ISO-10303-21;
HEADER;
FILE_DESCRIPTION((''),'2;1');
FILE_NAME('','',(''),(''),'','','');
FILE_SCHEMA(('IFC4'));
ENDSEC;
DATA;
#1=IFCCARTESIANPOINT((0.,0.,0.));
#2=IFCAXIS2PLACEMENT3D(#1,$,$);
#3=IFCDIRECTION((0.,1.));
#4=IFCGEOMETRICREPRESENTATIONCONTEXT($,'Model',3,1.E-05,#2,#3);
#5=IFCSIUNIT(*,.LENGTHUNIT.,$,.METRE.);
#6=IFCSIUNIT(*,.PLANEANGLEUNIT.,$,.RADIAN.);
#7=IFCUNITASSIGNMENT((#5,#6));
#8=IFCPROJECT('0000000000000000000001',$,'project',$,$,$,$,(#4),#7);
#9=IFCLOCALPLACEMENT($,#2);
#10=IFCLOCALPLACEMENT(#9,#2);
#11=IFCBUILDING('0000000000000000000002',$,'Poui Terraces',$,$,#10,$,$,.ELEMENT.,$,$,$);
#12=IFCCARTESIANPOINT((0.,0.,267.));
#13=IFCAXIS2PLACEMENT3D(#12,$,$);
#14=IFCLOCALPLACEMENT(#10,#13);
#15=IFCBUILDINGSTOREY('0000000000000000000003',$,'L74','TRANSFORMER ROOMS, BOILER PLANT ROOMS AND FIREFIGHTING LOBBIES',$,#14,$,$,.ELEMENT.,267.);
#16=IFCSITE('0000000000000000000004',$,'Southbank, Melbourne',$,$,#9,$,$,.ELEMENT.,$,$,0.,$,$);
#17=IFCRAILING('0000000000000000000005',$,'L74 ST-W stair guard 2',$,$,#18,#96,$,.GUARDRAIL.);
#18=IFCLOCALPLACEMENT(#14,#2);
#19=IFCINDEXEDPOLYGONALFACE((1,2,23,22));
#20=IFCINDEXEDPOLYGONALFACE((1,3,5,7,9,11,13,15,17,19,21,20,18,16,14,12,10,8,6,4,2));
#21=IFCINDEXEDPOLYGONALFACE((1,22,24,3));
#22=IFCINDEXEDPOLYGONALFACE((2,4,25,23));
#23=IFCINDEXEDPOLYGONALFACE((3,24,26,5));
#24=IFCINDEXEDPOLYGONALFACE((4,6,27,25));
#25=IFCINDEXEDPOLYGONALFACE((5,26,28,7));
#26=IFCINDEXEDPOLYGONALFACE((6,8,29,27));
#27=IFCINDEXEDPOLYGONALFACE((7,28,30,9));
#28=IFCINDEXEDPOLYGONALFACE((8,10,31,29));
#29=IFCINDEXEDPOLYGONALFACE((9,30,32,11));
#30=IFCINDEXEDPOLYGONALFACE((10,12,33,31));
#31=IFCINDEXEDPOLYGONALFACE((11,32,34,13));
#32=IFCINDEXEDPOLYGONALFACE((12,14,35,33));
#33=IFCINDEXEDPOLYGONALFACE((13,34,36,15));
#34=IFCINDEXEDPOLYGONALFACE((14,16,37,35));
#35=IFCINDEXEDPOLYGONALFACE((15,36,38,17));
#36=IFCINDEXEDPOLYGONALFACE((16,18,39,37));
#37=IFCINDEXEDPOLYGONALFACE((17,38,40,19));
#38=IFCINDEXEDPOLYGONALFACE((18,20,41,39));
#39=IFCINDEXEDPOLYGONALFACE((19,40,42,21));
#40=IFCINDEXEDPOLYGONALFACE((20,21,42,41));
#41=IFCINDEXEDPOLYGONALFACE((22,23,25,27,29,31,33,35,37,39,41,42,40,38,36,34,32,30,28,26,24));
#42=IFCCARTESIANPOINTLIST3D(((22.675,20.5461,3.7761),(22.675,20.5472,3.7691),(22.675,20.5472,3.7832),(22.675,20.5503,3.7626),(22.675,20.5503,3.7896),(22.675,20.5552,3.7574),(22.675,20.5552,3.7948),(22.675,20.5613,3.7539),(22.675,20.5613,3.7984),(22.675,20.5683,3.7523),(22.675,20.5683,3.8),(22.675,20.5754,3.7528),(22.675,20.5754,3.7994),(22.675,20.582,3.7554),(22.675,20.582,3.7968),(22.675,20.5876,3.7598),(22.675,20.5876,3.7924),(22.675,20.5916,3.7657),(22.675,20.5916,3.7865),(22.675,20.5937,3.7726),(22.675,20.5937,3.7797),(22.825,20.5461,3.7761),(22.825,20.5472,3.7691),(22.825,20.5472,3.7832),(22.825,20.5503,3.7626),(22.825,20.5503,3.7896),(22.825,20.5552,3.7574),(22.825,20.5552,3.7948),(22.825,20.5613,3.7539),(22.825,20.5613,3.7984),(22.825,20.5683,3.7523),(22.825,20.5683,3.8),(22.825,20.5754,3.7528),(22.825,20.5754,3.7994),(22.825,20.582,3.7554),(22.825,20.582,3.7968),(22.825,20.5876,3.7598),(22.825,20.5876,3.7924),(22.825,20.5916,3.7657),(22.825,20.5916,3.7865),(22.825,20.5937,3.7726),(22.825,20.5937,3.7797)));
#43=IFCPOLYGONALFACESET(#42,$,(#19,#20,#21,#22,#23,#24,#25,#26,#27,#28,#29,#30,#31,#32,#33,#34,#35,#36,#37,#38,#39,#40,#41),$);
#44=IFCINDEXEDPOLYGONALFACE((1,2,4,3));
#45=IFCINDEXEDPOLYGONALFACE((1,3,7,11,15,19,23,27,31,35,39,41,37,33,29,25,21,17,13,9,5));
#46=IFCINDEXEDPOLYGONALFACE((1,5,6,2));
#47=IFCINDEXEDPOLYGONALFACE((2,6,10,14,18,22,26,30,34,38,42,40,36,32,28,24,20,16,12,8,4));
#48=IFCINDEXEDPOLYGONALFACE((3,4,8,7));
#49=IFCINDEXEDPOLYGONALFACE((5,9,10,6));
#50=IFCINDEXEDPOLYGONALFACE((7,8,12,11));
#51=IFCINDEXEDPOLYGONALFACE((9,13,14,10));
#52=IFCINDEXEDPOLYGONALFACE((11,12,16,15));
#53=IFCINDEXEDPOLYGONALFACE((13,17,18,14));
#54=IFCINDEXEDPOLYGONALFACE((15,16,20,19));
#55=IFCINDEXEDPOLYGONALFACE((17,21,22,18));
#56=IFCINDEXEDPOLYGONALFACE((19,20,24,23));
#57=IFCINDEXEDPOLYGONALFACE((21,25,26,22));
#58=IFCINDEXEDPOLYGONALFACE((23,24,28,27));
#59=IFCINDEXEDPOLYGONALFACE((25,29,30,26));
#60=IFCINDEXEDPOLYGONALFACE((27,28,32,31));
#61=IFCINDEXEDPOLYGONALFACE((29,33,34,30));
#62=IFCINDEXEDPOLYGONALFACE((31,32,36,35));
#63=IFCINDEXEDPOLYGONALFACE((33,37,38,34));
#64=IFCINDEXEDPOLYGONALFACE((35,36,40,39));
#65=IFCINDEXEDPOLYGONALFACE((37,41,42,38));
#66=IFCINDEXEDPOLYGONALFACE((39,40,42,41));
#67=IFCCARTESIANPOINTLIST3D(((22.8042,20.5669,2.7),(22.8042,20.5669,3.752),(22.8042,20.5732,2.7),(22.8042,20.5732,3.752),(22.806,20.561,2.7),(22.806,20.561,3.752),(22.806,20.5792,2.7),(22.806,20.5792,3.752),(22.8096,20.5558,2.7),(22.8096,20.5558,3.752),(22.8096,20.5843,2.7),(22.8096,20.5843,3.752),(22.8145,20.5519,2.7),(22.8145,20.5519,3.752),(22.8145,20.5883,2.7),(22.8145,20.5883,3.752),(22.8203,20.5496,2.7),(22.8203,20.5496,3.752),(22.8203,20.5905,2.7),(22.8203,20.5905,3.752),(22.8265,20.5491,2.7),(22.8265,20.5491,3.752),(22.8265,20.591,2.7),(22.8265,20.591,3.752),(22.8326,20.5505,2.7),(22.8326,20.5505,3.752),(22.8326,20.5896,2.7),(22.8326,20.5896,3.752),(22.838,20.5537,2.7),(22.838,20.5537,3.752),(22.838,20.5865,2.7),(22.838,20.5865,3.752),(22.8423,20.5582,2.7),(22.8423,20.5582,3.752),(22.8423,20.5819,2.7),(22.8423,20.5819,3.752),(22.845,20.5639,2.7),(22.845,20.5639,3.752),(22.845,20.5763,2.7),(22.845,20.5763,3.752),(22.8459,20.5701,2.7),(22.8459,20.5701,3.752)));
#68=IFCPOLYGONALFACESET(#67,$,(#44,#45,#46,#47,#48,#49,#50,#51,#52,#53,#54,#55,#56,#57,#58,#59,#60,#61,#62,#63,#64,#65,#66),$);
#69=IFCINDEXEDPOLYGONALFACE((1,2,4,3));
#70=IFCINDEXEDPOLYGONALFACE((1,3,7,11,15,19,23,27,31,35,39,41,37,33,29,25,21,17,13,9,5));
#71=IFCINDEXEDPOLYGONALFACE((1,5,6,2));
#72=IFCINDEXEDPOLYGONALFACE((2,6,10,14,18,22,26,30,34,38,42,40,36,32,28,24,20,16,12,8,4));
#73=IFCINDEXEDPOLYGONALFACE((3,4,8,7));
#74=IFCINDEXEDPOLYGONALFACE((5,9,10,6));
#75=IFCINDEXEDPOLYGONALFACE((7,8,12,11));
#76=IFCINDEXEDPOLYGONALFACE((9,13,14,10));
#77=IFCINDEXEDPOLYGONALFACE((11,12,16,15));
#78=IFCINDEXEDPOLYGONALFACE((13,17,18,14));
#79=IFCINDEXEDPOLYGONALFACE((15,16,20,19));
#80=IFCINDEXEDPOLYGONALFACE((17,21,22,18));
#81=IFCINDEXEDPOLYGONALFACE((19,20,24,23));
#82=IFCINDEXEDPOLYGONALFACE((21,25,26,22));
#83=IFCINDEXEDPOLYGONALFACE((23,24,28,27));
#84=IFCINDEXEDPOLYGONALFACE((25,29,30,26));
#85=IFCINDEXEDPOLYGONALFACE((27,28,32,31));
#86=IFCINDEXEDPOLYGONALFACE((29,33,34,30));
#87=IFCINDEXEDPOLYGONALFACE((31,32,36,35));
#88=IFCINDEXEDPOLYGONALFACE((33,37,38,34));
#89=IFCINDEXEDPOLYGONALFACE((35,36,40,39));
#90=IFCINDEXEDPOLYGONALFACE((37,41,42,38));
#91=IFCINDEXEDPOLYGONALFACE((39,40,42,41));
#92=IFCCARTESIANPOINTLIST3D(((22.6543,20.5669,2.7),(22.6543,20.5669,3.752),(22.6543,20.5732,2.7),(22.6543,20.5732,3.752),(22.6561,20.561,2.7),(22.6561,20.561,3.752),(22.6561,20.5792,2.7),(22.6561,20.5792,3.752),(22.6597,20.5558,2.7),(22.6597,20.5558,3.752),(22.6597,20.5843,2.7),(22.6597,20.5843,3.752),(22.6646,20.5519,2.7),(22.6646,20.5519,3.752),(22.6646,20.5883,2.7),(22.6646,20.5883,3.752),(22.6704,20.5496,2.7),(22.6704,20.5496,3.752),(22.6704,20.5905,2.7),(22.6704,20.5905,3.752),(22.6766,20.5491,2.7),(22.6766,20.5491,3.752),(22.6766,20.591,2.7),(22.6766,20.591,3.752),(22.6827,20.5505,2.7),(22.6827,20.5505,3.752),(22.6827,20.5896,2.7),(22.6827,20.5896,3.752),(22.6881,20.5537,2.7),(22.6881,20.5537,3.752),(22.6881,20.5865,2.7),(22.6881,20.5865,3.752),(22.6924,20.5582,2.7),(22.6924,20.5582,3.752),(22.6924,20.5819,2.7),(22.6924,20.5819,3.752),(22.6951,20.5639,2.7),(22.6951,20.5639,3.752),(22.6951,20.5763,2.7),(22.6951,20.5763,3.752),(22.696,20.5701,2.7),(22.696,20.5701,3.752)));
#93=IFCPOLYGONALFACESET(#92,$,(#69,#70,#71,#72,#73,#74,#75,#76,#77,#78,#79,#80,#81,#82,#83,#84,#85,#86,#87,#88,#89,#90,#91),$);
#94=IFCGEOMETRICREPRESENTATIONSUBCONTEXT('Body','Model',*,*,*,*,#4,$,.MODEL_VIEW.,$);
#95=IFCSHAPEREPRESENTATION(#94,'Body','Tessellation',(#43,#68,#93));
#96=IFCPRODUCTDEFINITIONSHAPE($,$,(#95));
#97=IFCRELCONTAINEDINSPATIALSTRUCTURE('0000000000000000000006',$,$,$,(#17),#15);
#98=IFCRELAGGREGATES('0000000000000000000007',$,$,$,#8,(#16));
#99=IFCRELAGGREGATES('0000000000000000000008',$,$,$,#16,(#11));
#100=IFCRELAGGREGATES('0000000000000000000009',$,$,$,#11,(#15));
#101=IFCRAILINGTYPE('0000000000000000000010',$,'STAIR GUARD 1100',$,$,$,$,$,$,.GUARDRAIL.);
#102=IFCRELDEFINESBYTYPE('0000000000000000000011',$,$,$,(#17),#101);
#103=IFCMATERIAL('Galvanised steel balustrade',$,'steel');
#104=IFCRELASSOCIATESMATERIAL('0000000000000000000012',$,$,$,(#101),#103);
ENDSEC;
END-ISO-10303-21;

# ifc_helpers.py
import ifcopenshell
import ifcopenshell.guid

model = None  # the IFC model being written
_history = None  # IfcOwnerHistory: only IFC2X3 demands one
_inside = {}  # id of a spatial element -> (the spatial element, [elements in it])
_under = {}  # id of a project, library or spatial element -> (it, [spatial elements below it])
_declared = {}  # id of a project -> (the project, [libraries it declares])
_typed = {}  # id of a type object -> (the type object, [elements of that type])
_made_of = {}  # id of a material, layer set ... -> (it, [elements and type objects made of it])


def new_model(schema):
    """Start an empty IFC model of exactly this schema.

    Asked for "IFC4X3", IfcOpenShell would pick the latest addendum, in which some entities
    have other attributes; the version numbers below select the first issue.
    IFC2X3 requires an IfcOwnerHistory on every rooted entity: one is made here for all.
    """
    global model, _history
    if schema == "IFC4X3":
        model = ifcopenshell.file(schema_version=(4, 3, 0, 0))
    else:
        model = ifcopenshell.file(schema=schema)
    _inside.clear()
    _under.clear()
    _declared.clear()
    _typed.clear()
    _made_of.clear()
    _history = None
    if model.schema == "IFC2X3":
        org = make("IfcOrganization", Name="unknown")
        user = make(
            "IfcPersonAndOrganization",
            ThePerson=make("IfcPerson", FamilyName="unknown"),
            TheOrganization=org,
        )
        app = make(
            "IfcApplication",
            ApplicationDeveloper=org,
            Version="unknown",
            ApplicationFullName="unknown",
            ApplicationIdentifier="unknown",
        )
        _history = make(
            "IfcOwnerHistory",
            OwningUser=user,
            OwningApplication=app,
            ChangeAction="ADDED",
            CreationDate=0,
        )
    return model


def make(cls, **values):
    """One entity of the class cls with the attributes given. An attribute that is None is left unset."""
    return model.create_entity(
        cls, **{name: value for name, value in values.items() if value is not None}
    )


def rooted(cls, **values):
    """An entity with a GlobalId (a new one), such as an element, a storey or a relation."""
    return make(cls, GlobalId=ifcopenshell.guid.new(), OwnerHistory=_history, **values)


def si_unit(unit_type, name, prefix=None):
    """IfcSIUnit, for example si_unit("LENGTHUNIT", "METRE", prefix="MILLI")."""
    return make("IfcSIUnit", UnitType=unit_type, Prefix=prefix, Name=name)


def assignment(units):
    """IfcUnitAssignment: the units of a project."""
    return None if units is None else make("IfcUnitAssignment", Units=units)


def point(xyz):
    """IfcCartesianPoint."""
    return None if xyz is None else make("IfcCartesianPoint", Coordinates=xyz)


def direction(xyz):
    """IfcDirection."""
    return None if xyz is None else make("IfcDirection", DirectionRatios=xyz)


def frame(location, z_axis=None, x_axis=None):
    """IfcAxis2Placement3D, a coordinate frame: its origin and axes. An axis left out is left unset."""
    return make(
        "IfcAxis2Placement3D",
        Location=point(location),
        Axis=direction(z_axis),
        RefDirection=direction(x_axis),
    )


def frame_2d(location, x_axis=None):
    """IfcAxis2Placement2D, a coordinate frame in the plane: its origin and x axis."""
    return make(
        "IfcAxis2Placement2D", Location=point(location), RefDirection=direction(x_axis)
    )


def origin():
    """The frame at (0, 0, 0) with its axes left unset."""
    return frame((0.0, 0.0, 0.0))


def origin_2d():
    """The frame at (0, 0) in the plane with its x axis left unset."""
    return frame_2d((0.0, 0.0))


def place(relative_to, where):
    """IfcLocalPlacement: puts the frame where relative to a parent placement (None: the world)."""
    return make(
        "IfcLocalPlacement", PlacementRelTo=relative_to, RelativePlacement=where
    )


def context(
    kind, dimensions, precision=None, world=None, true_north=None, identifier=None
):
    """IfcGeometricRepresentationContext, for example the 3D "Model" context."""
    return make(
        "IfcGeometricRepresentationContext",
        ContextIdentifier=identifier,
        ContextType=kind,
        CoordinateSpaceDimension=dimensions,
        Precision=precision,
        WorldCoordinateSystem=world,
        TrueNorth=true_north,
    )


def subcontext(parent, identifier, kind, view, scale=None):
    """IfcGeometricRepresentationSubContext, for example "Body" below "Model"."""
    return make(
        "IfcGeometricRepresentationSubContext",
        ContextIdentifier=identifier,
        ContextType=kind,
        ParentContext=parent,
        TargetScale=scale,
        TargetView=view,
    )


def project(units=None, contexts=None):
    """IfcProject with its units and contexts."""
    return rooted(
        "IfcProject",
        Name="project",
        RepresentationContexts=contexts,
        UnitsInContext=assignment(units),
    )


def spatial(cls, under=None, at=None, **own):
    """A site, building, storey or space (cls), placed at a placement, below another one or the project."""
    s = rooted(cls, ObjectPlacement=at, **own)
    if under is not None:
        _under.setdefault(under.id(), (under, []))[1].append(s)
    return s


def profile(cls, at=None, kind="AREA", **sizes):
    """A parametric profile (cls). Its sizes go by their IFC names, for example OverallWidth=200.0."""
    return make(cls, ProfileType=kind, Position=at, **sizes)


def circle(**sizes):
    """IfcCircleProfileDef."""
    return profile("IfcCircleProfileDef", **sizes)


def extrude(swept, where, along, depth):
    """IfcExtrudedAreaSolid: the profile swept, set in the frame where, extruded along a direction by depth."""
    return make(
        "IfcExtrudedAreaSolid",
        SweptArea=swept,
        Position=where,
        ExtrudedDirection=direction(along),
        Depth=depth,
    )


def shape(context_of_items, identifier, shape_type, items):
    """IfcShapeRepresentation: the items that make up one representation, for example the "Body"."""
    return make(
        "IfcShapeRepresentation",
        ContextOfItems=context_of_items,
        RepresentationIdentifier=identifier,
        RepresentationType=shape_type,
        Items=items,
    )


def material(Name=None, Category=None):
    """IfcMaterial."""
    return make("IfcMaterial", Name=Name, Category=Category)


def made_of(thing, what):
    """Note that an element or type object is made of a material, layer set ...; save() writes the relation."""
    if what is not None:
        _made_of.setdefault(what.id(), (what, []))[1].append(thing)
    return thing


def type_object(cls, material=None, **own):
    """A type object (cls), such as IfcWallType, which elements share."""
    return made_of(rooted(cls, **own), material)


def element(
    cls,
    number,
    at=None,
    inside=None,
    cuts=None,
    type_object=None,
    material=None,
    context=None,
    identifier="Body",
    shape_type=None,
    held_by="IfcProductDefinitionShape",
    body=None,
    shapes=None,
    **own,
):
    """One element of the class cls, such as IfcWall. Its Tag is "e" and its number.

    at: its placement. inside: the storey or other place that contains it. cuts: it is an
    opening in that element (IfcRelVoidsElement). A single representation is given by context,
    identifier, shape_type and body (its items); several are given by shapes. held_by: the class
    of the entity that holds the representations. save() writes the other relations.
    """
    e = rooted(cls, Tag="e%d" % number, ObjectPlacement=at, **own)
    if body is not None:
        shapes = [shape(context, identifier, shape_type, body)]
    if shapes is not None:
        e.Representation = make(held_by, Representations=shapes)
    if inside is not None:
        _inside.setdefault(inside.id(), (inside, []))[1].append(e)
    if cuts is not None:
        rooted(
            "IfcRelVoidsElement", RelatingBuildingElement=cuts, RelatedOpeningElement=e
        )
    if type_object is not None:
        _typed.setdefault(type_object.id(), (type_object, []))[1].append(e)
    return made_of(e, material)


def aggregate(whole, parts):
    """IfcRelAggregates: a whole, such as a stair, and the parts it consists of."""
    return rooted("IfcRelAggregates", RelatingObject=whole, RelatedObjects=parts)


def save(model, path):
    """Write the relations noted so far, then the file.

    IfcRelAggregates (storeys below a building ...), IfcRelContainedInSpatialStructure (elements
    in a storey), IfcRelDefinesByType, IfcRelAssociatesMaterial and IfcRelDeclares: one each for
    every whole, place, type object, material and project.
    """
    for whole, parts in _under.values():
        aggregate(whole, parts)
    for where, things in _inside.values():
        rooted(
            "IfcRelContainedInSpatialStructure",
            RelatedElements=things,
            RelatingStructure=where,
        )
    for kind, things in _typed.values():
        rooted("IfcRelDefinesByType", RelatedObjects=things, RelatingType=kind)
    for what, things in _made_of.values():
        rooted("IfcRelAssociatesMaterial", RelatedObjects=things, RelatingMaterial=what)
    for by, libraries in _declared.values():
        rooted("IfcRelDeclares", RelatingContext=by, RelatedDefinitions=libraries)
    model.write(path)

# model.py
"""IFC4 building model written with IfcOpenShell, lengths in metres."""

from ifc_helpers import new_model, si_unit, direction, frame, origin, origin_2d, place, context, subcontext, project, spatial, circle, extrude, material, type_object, element, save


model = new_model("IFC4")

# Units and contexts
model_context = context("Model", 3, precision=1e-05, world=origin(), true_north=direction((0.0, 1.0)))
body_context = subcontext(model_context, "Body", "Model", "MODEL_VIEW")
ifc_project = project(units=[si_unit("LENGTHUNIT", "METRE"), si_unit("PLANEANGLEUNIT", "RADIAN")], contexts=[model_context])

# Site, building, storey
site_placement = place(None, origin())
site = spatial("IfcSite", under=ifc_project, at=site_placement, Name="Southbank, Melbourne", CompositionType="ELEMENT", RefElevation=0.0)
building_placement = place(site_placement, origin())
building = spatial("IfcBuilding", under=site, at=building_placement, Name="Poui Terraces", CompositionType="ELEMENT")
storey_placement = place(building_placement, frame((0.0, 0.0, 267.0)))
storey = spatial("IfcBuildingStorey", under=building, at=storey_placement, Name="L74", Description="TRANSFORMER ROOMS, BOILER PLANT ROOMS AND FIREFIGHTING LOBBIES", CompositionType="ELEMENT", Elevation=267.0)

# Railing
ifc_material_1 = material(Name="Galvanised steel balustrade", Category="steel")
railing_type_1 = type_object("IfcRailingType", Name="STAIR GUARD 1100", PredefinedType="GUARDRAIL", material=ifc_material_1)
railing_1_placement = place(storey_placement, frame((22.825, 20.5701, 2.7)))
element("IfcRailing", 1, at=railing_1_placement, inside=storey, type_object=railing_type_1, Name="L74 ST-W stair guard 2", PredefinedType="GUARDRAIL", context=body_context, shape_type="SweptSolid", body=[
    extrude(circle(Radius=0.0239, at=origin_2d()), frame((0.0, 0.0, 1.0762), z_axis=(-1.0, 0.0, 0.0), x_axis=(0.0, -1.0, 0.0)), (0.0, 0.0, 1.0), 0.1499),
    extrude(circle(Radius=0.021, at=origin_2d()), origin(), (0.0, 0.0, 1.0), 1.052),
    extrude(circle(Radius=0.021, at=origin_2d()), frame((-0.1499, 0.0, 0.0)), (0.0, 0.0, 1.0), 1.052),
])

save(model, "model.ifc")
